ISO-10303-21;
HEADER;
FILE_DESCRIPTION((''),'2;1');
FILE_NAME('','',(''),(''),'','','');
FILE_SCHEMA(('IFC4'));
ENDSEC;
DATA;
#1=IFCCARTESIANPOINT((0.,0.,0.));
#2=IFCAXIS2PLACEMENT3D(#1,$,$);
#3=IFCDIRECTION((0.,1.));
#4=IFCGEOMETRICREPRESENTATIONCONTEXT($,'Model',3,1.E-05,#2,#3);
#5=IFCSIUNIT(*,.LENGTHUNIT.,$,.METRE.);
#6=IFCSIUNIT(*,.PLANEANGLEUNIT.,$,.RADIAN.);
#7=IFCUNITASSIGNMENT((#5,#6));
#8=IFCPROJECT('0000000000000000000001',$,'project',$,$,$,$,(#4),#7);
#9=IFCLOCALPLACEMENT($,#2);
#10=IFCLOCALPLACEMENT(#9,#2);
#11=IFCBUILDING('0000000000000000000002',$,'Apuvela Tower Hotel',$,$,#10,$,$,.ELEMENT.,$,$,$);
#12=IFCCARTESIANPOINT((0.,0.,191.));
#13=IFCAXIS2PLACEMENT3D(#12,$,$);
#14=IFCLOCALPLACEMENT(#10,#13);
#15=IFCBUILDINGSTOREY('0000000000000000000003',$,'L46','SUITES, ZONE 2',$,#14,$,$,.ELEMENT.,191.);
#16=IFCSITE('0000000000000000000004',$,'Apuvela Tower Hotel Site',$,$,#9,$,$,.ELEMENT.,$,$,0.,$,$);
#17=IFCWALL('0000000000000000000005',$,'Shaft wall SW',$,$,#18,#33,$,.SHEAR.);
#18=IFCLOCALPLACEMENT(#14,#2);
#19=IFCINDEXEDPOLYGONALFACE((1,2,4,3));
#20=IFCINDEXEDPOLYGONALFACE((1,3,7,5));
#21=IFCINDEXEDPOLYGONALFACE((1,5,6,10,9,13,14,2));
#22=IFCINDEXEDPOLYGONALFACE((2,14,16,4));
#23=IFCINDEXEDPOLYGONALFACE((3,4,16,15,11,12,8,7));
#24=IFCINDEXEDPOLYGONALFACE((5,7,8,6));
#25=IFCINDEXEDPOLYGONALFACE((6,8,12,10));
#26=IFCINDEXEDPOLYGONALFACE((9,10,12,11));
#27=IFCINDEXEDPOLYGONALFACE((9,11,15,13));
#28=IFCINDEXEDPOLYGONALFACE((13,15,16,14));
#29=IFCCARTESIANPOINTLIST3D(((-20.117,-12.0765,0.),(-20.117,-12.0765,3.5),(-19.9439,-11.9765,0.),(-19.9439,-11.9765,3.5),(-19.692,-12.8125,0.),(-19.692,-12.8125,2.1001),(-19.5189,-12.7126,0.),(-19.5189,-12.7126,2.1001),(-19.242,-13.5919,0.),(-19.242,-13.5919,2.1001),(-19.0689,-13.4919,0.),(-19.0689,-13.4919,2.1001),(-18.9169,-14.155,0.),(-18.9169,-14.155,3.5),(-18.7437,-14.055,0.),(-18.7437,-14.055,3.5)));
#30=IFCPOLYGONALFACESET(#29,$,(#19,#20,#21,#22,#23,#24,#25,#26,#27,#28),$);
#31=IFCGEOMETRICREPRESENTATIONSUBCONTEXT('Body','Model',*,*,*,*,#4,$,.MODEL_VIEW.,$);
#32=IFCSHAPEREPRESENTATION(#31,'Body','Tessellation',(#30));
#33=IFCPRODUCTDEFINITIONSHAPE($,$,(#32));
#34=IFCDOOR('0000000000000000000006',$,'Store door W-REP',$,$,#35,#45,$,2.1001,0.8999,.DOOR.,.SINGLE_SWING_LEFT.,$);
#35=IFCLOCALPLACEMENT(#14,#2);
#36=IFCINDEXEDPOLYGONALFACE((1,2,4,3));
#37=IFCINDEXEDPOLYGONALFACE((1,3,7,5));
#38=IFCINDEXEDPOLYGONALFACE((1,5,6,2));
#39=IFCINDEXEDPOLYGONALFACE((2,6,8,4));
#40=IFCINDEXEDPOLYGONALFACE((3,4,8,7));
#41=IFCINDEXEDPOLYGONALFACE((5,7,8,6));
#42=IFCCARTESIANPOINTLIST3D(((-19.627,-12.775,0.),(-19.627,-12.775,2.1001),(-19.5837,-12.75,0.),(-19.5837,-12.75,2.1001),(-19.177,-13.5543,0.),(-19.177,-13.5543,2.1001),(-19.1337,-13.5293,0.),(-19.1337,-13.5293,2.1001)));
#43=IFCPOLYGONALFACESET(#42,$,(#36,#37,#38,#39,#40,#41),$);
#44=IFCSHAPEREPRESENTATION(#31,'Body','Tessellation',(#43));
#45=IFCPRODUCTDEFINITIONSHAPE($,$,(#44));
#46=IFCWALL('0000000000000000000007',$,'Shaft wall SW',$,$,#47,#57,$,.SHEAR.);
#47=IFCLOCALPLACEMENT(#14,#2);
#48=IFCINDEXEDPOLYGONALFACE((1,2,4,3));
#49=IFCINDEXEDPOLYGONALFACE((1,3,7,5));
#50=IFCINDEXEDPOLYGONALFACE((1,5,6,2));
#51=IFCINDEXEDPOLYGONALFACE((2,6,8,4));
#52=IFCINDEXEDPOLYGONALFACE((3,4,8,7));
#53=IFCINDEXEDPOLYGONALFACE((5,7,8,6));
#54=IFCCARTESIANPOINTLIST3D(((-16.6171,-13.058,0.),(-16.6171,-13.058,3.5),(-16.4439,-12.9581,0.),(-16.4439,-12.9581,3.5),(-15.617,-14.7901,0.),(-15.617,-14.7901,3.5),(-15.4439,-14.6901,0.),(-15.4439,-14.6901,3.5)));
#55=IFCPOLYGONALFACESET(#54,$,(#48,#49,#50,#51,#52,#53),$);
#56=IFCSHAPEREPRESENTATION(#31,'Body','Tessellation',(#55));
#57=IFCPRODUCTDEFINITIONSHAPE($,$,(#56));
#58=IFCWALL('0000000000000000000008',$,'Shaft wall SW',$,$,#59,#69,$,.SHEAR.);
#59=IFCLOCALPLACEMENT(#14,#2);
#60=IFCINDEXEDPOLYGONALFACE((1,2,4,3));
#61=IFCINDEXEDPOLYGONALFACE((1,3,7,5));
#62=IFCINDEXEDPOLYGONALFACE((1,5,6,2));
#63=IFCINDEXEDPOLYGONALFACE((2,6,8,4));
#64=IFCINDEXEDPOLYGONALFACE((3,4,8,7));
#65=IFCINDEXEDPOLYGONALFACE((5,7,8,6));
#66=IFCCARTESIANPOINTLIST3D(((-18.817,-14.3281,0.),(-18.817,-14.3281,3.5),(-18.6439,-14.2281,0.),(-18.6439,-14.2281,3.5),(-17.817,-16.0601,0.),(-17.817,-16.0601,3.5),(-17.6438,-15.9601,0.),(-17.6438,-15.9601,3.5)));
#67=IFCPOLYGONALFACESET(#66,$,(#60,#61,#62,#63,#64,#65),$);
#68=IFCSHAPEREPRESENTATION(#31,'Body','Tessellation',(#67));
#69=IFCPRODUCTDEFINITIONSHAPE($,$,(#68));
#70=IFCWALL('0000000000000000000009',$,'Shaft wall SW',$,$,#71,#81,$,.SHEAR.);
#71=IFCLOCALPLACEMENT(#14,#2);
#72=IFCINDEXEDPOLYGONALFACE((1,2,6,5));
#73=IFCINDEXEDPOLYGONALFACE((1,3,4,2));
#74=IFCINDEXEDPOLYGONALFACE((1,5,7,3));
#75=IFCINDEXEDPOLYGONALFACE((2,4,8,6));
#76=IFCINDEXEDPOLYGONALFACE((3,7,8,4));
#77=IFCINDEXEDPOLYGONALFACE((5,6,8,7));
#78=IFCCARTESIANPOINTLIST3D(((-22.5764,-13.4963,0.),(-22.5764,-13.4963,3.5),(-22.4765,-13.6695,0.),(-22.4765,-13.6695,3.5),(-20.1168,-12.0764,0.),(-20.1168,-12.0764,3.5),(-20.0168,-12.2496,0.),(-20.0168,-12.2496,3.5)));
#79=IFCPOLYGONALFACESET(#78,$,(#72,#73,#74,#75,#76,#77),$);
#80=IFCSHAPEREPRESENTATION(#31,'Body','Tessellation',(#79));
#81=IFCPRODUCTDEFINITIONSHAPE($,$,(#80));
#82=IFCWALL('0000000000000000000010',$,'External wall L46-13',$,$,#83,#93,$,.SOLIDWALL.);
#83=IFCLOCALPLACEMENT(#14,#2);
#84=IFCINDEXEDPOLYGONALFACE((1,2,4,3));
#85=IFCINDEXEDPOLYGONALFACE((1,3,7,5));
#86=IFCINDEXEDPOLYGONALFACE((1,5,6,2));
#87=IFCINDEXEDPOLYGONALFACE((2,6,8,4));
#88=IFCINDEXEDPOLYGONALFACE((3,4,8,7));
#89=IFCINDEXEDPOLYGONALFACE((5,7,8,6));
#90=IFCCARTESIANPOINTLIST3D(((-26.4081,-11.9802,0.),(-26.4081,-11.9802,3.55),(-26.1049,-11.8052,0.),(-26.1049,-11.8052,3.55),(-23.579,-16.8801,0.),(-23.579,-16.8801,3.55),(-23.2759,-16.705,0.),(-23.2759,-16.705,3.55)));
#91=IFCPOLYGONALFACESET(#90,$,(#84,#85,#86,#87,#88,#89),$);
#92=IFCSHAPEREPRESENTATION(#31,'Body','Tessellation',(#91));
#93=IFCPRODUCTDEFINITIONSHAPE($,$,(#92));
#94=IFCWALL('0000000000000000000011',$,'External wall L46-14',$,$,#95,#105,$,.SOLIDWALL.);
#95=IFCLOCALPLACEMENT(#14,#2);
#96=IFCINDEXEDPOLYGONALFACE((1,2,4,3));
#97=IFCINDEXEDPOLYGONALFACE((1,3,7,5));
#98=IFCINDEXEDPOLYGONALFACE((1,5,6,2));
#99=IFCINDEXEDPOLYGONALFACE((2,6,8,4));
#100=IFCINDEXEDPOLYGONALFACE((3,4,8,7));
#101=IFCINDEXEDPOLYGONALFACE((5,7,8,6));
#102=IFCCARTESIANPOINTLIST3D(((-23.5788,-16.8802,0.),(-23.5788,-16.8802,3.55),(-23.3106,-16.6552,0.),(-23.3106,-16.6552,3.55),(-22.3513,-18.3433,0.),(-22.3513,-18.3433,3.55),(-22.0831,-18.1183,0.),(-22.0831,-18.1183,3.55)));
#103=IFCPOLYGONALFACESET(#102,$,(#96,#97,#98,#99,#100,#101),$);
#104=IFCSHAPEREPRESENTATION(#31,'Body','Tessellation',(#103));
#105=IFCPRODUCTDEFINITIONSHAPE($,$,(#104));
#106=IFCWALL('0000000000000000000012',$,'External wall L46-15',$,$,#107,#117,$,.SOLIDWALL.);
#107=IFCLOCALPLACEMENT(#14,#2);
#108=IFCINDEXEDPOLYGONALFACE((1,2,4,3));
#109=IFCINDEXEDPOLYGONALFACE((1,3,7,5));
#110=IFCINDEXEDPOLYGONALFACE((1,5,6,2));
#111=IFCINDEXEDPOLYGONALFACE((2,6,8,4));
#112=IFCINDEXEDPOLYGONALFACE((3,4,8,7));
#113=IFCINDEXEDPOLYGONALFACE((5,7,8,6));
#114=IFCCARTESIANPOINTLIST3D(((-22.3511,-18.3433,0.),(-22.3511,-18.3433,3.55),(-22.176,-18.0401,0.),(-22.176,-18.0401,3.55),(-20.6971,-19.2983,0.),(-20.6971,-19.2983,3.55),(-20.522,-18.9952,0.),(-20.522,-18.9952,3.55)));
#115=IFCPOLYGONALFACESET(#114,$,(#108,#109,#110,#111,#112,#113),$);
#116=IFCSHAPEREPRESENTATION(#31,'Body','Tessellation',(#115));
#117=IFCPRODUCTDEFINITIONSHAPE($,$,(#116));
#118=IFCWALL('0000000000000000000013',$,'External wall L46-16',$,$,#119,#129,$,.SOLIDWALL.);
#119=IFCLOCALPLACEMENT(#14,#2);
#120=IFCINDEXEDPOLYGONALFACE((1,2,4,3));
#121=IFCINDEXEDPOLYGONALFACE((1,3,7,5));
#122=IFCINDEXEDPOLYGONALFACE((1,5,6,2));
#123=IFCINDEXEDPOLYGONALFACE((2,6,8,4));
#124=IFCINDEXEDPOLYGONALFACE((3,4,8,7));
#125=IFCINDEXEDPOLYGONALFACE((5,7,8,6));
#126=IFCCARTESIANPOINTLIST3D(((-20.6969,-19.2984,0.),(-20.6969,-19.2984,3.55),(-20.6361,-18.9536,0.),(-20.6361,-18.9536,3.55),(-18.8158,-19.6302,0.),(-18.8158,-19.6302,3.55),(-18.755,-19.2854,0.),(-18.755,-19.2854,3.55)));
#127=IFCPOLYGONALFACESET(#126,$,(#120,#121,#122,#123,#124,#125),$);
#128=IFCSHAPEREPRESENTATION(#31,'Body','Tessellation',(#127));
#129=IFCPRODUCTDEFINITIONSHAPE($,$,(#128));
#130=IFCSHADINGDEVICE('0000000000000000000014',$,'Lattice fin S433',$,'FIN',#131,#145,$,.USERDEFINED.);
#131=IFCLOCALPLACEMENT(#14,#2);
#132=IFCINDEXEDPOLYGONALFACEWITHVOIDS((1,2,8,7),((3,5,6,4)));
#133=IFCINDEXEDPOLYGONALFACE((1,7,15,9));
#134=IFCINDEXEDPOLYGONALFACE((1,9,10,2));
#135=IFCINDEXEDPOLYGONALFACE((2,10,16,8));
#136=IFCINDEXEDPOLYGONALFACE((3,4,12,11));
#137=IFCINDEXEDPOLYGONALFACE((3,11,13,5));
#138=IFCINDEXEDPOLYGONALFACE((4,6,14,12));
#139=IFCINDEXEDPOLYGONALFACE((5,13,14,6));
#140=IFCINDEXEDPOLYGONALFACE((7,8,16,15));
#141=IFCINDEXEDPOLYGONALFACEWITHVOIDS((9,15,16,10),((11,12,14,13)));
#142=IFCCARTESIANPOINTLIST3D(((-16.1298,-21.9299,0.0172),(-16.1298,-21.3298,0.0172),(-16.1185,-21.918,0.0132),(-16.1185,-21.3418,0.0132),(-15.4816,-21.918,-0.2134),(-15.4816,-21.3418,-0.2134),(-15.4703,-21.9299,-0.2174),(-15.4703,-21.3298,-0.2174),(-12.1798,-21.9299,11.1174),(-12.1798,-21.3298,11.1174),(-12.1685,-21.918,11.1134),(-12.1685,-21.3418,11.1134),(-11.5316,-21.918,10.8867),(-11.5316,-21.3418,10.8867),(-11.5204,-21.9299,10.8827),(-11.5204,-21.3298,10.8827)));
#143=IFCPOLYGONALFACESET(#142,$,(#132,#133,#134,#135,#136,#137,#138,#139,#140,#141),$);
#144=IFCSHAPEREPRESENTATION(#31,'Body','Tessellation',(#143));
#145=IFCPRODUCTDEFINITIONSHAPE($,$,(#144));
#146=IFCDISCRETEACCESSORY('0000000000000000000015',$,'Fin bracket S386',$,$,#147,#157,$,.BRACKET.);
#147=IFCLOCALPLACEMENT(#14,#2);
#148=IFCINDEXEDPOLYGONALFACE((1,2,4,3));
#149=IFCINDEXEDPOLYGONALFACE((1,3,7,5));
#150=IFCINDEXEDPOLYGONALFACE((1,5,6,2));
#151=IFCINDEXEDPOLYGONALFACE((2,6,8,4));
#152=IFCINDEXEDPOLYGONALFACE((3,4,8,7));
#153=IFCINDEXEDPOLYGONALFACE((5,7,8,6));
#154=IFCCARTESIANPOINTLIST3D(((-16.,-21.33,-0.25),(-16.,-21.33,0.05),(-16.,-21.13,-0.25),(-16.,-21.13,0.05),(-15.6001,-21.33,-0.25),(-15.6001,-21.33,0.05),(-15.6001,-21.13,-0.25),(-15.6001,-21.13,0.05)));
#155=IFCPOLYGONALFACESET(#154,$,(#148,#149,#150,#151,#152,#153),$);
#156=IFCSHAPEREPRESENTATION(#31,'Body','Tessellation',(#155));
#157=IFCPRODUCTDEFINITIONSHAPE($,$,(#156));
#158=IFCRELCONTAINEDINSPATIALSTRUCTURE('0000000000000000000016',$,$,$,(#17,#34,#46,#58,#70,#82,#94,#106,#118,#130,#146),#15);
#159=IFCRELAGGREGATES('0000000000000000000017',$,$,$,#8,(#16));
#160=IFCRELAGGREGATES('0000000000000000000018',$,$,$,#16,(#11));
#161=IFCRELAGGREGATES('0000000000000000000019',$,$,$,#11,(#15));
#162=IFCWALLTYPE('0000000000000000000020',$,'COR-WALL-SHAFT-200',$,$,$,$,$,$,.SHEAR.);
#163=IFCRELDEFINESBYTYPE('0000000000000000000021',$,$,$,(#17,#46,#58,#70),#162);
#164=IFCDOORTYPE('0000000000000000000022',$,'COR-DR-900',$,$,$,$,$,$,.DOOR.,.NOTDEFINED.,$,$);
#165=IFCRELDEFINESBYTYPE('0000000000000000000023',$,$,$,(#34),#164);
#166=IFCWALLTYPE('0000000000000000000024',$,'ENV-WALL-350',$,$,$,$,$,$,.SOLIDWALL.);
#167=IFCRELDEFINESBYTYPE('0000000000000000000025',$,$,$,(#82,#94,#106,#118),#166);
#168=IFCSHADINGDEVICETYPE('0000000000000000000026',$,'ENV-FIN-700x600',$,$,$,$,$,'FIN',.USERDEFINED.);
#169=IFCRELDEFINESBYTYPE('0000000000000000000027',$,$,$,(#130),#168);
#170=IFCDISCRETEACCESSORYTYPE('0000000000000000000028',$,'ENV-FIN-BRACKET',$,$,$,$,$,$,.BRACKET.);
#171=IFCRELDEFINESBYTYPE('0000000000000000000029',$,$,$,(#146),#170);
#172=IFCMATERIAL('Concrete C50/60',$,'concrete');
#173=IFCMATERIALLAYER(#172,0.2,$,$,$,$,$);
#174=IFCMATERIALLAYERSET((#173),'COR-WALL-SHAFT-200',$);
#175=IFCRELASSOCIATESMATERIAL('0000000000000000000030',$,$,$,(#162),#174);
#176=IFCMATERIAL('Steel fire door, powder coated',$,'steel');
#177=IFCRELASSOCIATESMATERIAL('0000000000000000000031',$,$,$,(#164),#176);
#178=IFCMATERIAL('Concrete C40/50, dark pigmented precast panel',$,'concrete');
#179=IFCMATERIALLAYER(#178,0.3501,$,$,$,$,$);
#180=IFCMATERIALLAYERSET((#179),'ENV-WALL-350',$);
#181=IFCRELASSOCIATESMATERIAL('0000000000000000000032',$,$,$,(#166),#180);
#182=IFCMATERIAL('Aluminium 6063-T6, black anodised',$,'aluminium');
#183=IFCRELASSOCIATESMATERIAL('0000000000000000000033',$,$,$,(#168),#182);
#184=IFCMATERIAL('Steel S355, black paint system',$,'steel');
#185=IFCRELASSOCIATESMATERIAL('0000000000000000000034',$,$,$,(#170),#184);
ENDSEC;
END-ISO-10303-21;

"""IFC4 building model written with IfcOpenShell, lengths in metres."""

from ifc_helpers import new_model, si_unit, direction, frame, frame_2d, origin, origin_2d, place, context, subcontext, project, spatial, rectangle, hollow_rectangle, extrude, material, layer, layer_set, material_profile, profile_set, type_object, element, fill, save


model = new_model("IFC4")

# Units and contexts
model_context = context("Model", 3, precision=1e-05, world=origin(), true_north=direction((0.0, 1.0)))
body_context = subcontext(model_context, "Body", "Model", "MODEL_VIEW")
ifc_project = project(units=[si_unit("LENGTHUNIT", "METRE"), si_unit("PLANEANGLEUNIT", "RADIAN")], contexts=[model_context])

# Site, building, storey
site_placement = place(None, origin())
site = spatial("IfcSite", under=ifc_project, at=site_placement, Name="Apuvela Tower Hotel Site", CompositionType="ELEMENT", RefElevation=0.0)
building_placement = place(site_placement, origin())
building = spatial("IfcBuilding", under=site, at=building_placement, Name="Apuvela Tower Hotel", CompositionType="ELEMENT")
storey_placement = place(building_placement, frame((0.0, 0.0, 191.0)))
storey = spatial("IfcBuildingStorey", under=building, at=storey_placement, Name="L46", Description="SUITES, ZONE 2", CompositionType="ELEMENT", Elevation=191.0)

# Wall, opening, door
ifc_material_1 = material(Name="Concrete C50/60", Category="concrete")
ifc_layer_1 = layer(ifc_material_1, 0.2)
ifc_layer_set_1 = layer_set([ifc_layer_1], Name="COR-WALL-SHAFT-200")
wall_type_1 = type_object("IfcWallType", Name="COR-WALL-SHAFT-200", PredefinedType="SHEAR", material=ifc_layer_set_1)
wall_1_placement = place(storey_placement, frame((-20.0305, -12.0264, 0.0), z_axis=(0.0, 0.0, 1.0), x_axis=(0.500034, -0.866006, 0.0)))
wall_1 = element("IfcWall", 1, at=wall_1_placement, inside=storey, type_object=wall_type_1, Name="Shaft wall SW", PredefinedType="SHEAR", context=body_context, shape_type="SweptSolid", body=[
    extrude(rectangle(XDim=2.4001, YDim=0.2, at=frame_2d((1.2002, 0.0))), origin(), (0.0, 0.0, 1.0), 3.5),
])
opening_1_placement = place(wall_1_placement, frame((0.8501, 0.0, 0.0)))
opening_1 = element("IfcOpeningElement", 2, at=opening_1_placement, cuts=wall_1, PredefinedType="OPENING", context=body_context, shape_type="SweptSolid", body=[
    extrude(rectangle(XDim=0.8999, YDim=2.1001, at=frame_2d((0.45, 1.05))), frame((0.0, 0.1099, 0.0), z_axis=(0.0, -1.0, 0.0), x_axis=(1.0, 0.0, 0.0)), (0.0, 0.0, 1.0), 0.22),
])
ifc_material_2 = material(Name="Steel fire door, powder coated", Category="steel")
door_type_1 = type_object("IfcDoorType", Name="COR-DR-900", OperationType="NOTDEFINED", PredefinedType="DOOR", material=ifc_material_2)
door_1_placement = place(opening_1_placement, frame((0.8999, 0.0, 0.0), z_axis=(0.0, 0.0, 1.0), x_axis=(-1.0, 0.0, 0.0)))
door_1 = element("IfcDoor", 3, at=door_1_placement, inside=storey, type_object=door_type_1, Name="Store door W-REP", OperationType="SINGLE_SWING_LEFT", OverallHeight=2.1001, OverallWidth=0.8999, PredefinedType="DOOR", context=body_context, shape_type="SweptSolid", body=[
    extrude(rectangle(XDim=0.8999, YDim=2.1001, at=frame_2d((0.45, 1.05))), frame((0.0, 0.0249, 0.0), z_axis=(0.0, -1.0, 0.0), x_axis=(1.0, 0.0, 0.0)), (0.0, 0.0, 1.0), 0.05),
])
fill(opening_1, door_1)

# Walls
for number, where, z_axis, x_axis, name in (
    (4, (-16.5305, -13.0081, 0.0), (0.0, 0.0, 1.0), (0.500025, -0.866011, 0.0), "Shaft wall SW"),
    (5, (-18.7305, -14.2781, 0.0), (0.0, 0.0, 1.0), (0.500025, -0.866011, 0.0), "Shaft wall SW"),
):
    element("IfcWall", number, at=place(storey_placement, frame(where, z_axis=z_axis, x_axis=x_axis)), inside=storey, type_object=wall_type_1, Name=name, PredefinedType="SHEAR", context=body_context, shape_type="SweptSolid", body=[
        extrude(rectangle(XDim=2.0, YDim=0.2, at=frame_2d((1.0, 0.0))), origin(), (0.0, 0.0, 1.0), 3.5),
    ])
wall_2_placement = place(storey_placement, frame((-20.0669, -12.1631, 0.0), z_axis=(0.0, 0.0, 1.0), x_axis=(-0.866055, -0.499948, 0.0)))
element("IfcWall", 6, at=wall_2_placement, inside=storey, type_object=wall_type_1, Name="Shaft wall SW", PredefinedType="SHEAR", context=body_context, shape_type="SweptSolid", body=[
    extrude(rectangle(XDim=2.8401, YDim=0.2, at=frame_2d((1.4199, 0.0))), origin(), (0.0, 0.0, 1.0), 3.5),
])
ifc_material_3 = material(Name="Concrete C40/50, dark pigmented precast panel", Category="concrete")
ifc_layer_2 = layer(ifc_material_3, 0.3501)
ifc_layer_set_2 = layer_set([ifc_layer_2], Name="ENV-WALL-350")
wall_type_2 = type_object("IfcWallType", Name="ENV-WALL-350", PredefinedType="SOLIDWALL", material=ifc_layer_set_2)
wall_3_placement = place(storey_placement, frame((-26.2566, -11.8926, 0.0), z_axis=(0.0, 0.0, 1.0), x_axis=(0.500019, -0.866015, 0.0)))
element("IfcWall", 7, at=wall_3_placement, inside=storey, type_object=wall_type_2, Name="External wall L46-13", PredefinedType="SOLIDWALL", context=body_context, shape_type="SweptSolid", body=[
    extrude(rectangle(XDim=5.658, YDim=0.3501, at=frame_2d((2.8291, 0.0))), origin(), (0.0, 0.0, 1.0), 3.55),
])
for number, where, z_axis, x_axis, name in (
    (8, (-23.4448, -16.7676, 0.0), (0.0, 0.0, 1.0), (0.642733, -0.76609, 0.0), "External wall L46-14"),
    (9, (-22.2637, -18.1917, 0.0), (0.0, 0.0, 1.0), (0.866, -0.500043, 0.0), "External wall L46-15"),
):
    element("IfcWall", number, at=place(storey_placement, frame(where, z_axis=z_axis, x_axis=x_axis)), inside=storey, type_object=wall_type_2, Name=name, PredefinedType="SOLIDWALL", context=body_context, shape_type="SweptSolid", body=[
        extrude(rectangle(XDim=1.9099, YDim=0.3501, at=frame_2d((0.9551, 0.0))), origin(), (0.0, 0.0, 1.0), 3.55),
    ])
wall_4_placement = place(storey_placement, frame((-20.6665, -19.126, 0.0), z_axis=(0.0, 0.0, 1.0), x_axis=(0.984799, -0.173698, 0.0)))
element("IfcWall", 10, at=wall_4_placement, inside=storey, type_object=wall_type_2, Name="External wall L46-16", PredefinedType="SOLIDWALL", context=body_context, shape_type="SweptSolid", body=[
    extrude(rectangle(XDim=1.9102, YDim=0.3501, at=frame_2d((0.9551, 0.0))), origin(), (0.0, 0.0, 1.0), 3.55),
])

# Shading device
ifc_material_4 = material(Name="Aluminium 6063-T6, black anodised", Category="aluminium")
ifc_material_profile_1 = material_profile(ifc_material_4, hollow_rectangle(XDim=0.6001, YDim=0.7, WallThickness=0.012, at=origin_2d()), Name="AL BOX 700x600x12")
ifc_profile_set_1 = profile_set([ifc_material_profile_1], Name="Aluminium 6063-T6, black anodised")
shading_device_type = type_object("IfcShadingDeviceType", Name="ENV-FIN-700x600", ElementType="FIN", PredefinedType="USERDEFINED", material=ifc_profile_set_1)
shading_device_placement = place(storey_placement, frame((-15.8, -21.6299, -0.1001), z_axis=(0.335255, 0.0, 0.942128), x_axis=(0.0, 1.0, 0.0)))
element("IfcShadingDevice", 11, at=shading_device_placement, inside=storey, type_object=shading_device_type, Name="Lattice fin S433", ObjectType="FIN", PredefinedType="USERDEFINED", context=body_context, shape_type="SweptSolid", body=[
    extrude(hollow_rectangle(XDim=0.6001, YDim=0.7, WallThickness=0.012, at=origin_2d()), origin(), (0.0, 0.0, 1.0), 11.782),
])

# Discrete accessory
ifc_material_5 = material(Name="Steel S355, black paint system", Category="steel")
discrete_accessory_type = type_object("IfcDiscreteAccessoryType", Name="ENV-FIN-BRACKET", PredefinedType="BRACKET", material=ifc_material_5)
discrete_accessory_placement = place(storey_placement, frame((-15.8, -21.23, -0.25), z_axis=(0.0, 0.0, 1.0), x_axis=(1.0, 0.0, 0.0)))
element("IfcDiscreteAccessory", 12, at=discrete_accessory_placement, inside=storey, type_object=discrete_accessory_type, Name="Fin bracket S386", PredefinedType="BRACKET", context=body_context, shape_type="SweptSolid", body=[
    extrude(rectangle(XDim=0.3999, YDim=0.2, at=origin_2d()), origin(), (0.0, 0.0, 1.0), 0.3),
])

save(model, "model.ifc")
